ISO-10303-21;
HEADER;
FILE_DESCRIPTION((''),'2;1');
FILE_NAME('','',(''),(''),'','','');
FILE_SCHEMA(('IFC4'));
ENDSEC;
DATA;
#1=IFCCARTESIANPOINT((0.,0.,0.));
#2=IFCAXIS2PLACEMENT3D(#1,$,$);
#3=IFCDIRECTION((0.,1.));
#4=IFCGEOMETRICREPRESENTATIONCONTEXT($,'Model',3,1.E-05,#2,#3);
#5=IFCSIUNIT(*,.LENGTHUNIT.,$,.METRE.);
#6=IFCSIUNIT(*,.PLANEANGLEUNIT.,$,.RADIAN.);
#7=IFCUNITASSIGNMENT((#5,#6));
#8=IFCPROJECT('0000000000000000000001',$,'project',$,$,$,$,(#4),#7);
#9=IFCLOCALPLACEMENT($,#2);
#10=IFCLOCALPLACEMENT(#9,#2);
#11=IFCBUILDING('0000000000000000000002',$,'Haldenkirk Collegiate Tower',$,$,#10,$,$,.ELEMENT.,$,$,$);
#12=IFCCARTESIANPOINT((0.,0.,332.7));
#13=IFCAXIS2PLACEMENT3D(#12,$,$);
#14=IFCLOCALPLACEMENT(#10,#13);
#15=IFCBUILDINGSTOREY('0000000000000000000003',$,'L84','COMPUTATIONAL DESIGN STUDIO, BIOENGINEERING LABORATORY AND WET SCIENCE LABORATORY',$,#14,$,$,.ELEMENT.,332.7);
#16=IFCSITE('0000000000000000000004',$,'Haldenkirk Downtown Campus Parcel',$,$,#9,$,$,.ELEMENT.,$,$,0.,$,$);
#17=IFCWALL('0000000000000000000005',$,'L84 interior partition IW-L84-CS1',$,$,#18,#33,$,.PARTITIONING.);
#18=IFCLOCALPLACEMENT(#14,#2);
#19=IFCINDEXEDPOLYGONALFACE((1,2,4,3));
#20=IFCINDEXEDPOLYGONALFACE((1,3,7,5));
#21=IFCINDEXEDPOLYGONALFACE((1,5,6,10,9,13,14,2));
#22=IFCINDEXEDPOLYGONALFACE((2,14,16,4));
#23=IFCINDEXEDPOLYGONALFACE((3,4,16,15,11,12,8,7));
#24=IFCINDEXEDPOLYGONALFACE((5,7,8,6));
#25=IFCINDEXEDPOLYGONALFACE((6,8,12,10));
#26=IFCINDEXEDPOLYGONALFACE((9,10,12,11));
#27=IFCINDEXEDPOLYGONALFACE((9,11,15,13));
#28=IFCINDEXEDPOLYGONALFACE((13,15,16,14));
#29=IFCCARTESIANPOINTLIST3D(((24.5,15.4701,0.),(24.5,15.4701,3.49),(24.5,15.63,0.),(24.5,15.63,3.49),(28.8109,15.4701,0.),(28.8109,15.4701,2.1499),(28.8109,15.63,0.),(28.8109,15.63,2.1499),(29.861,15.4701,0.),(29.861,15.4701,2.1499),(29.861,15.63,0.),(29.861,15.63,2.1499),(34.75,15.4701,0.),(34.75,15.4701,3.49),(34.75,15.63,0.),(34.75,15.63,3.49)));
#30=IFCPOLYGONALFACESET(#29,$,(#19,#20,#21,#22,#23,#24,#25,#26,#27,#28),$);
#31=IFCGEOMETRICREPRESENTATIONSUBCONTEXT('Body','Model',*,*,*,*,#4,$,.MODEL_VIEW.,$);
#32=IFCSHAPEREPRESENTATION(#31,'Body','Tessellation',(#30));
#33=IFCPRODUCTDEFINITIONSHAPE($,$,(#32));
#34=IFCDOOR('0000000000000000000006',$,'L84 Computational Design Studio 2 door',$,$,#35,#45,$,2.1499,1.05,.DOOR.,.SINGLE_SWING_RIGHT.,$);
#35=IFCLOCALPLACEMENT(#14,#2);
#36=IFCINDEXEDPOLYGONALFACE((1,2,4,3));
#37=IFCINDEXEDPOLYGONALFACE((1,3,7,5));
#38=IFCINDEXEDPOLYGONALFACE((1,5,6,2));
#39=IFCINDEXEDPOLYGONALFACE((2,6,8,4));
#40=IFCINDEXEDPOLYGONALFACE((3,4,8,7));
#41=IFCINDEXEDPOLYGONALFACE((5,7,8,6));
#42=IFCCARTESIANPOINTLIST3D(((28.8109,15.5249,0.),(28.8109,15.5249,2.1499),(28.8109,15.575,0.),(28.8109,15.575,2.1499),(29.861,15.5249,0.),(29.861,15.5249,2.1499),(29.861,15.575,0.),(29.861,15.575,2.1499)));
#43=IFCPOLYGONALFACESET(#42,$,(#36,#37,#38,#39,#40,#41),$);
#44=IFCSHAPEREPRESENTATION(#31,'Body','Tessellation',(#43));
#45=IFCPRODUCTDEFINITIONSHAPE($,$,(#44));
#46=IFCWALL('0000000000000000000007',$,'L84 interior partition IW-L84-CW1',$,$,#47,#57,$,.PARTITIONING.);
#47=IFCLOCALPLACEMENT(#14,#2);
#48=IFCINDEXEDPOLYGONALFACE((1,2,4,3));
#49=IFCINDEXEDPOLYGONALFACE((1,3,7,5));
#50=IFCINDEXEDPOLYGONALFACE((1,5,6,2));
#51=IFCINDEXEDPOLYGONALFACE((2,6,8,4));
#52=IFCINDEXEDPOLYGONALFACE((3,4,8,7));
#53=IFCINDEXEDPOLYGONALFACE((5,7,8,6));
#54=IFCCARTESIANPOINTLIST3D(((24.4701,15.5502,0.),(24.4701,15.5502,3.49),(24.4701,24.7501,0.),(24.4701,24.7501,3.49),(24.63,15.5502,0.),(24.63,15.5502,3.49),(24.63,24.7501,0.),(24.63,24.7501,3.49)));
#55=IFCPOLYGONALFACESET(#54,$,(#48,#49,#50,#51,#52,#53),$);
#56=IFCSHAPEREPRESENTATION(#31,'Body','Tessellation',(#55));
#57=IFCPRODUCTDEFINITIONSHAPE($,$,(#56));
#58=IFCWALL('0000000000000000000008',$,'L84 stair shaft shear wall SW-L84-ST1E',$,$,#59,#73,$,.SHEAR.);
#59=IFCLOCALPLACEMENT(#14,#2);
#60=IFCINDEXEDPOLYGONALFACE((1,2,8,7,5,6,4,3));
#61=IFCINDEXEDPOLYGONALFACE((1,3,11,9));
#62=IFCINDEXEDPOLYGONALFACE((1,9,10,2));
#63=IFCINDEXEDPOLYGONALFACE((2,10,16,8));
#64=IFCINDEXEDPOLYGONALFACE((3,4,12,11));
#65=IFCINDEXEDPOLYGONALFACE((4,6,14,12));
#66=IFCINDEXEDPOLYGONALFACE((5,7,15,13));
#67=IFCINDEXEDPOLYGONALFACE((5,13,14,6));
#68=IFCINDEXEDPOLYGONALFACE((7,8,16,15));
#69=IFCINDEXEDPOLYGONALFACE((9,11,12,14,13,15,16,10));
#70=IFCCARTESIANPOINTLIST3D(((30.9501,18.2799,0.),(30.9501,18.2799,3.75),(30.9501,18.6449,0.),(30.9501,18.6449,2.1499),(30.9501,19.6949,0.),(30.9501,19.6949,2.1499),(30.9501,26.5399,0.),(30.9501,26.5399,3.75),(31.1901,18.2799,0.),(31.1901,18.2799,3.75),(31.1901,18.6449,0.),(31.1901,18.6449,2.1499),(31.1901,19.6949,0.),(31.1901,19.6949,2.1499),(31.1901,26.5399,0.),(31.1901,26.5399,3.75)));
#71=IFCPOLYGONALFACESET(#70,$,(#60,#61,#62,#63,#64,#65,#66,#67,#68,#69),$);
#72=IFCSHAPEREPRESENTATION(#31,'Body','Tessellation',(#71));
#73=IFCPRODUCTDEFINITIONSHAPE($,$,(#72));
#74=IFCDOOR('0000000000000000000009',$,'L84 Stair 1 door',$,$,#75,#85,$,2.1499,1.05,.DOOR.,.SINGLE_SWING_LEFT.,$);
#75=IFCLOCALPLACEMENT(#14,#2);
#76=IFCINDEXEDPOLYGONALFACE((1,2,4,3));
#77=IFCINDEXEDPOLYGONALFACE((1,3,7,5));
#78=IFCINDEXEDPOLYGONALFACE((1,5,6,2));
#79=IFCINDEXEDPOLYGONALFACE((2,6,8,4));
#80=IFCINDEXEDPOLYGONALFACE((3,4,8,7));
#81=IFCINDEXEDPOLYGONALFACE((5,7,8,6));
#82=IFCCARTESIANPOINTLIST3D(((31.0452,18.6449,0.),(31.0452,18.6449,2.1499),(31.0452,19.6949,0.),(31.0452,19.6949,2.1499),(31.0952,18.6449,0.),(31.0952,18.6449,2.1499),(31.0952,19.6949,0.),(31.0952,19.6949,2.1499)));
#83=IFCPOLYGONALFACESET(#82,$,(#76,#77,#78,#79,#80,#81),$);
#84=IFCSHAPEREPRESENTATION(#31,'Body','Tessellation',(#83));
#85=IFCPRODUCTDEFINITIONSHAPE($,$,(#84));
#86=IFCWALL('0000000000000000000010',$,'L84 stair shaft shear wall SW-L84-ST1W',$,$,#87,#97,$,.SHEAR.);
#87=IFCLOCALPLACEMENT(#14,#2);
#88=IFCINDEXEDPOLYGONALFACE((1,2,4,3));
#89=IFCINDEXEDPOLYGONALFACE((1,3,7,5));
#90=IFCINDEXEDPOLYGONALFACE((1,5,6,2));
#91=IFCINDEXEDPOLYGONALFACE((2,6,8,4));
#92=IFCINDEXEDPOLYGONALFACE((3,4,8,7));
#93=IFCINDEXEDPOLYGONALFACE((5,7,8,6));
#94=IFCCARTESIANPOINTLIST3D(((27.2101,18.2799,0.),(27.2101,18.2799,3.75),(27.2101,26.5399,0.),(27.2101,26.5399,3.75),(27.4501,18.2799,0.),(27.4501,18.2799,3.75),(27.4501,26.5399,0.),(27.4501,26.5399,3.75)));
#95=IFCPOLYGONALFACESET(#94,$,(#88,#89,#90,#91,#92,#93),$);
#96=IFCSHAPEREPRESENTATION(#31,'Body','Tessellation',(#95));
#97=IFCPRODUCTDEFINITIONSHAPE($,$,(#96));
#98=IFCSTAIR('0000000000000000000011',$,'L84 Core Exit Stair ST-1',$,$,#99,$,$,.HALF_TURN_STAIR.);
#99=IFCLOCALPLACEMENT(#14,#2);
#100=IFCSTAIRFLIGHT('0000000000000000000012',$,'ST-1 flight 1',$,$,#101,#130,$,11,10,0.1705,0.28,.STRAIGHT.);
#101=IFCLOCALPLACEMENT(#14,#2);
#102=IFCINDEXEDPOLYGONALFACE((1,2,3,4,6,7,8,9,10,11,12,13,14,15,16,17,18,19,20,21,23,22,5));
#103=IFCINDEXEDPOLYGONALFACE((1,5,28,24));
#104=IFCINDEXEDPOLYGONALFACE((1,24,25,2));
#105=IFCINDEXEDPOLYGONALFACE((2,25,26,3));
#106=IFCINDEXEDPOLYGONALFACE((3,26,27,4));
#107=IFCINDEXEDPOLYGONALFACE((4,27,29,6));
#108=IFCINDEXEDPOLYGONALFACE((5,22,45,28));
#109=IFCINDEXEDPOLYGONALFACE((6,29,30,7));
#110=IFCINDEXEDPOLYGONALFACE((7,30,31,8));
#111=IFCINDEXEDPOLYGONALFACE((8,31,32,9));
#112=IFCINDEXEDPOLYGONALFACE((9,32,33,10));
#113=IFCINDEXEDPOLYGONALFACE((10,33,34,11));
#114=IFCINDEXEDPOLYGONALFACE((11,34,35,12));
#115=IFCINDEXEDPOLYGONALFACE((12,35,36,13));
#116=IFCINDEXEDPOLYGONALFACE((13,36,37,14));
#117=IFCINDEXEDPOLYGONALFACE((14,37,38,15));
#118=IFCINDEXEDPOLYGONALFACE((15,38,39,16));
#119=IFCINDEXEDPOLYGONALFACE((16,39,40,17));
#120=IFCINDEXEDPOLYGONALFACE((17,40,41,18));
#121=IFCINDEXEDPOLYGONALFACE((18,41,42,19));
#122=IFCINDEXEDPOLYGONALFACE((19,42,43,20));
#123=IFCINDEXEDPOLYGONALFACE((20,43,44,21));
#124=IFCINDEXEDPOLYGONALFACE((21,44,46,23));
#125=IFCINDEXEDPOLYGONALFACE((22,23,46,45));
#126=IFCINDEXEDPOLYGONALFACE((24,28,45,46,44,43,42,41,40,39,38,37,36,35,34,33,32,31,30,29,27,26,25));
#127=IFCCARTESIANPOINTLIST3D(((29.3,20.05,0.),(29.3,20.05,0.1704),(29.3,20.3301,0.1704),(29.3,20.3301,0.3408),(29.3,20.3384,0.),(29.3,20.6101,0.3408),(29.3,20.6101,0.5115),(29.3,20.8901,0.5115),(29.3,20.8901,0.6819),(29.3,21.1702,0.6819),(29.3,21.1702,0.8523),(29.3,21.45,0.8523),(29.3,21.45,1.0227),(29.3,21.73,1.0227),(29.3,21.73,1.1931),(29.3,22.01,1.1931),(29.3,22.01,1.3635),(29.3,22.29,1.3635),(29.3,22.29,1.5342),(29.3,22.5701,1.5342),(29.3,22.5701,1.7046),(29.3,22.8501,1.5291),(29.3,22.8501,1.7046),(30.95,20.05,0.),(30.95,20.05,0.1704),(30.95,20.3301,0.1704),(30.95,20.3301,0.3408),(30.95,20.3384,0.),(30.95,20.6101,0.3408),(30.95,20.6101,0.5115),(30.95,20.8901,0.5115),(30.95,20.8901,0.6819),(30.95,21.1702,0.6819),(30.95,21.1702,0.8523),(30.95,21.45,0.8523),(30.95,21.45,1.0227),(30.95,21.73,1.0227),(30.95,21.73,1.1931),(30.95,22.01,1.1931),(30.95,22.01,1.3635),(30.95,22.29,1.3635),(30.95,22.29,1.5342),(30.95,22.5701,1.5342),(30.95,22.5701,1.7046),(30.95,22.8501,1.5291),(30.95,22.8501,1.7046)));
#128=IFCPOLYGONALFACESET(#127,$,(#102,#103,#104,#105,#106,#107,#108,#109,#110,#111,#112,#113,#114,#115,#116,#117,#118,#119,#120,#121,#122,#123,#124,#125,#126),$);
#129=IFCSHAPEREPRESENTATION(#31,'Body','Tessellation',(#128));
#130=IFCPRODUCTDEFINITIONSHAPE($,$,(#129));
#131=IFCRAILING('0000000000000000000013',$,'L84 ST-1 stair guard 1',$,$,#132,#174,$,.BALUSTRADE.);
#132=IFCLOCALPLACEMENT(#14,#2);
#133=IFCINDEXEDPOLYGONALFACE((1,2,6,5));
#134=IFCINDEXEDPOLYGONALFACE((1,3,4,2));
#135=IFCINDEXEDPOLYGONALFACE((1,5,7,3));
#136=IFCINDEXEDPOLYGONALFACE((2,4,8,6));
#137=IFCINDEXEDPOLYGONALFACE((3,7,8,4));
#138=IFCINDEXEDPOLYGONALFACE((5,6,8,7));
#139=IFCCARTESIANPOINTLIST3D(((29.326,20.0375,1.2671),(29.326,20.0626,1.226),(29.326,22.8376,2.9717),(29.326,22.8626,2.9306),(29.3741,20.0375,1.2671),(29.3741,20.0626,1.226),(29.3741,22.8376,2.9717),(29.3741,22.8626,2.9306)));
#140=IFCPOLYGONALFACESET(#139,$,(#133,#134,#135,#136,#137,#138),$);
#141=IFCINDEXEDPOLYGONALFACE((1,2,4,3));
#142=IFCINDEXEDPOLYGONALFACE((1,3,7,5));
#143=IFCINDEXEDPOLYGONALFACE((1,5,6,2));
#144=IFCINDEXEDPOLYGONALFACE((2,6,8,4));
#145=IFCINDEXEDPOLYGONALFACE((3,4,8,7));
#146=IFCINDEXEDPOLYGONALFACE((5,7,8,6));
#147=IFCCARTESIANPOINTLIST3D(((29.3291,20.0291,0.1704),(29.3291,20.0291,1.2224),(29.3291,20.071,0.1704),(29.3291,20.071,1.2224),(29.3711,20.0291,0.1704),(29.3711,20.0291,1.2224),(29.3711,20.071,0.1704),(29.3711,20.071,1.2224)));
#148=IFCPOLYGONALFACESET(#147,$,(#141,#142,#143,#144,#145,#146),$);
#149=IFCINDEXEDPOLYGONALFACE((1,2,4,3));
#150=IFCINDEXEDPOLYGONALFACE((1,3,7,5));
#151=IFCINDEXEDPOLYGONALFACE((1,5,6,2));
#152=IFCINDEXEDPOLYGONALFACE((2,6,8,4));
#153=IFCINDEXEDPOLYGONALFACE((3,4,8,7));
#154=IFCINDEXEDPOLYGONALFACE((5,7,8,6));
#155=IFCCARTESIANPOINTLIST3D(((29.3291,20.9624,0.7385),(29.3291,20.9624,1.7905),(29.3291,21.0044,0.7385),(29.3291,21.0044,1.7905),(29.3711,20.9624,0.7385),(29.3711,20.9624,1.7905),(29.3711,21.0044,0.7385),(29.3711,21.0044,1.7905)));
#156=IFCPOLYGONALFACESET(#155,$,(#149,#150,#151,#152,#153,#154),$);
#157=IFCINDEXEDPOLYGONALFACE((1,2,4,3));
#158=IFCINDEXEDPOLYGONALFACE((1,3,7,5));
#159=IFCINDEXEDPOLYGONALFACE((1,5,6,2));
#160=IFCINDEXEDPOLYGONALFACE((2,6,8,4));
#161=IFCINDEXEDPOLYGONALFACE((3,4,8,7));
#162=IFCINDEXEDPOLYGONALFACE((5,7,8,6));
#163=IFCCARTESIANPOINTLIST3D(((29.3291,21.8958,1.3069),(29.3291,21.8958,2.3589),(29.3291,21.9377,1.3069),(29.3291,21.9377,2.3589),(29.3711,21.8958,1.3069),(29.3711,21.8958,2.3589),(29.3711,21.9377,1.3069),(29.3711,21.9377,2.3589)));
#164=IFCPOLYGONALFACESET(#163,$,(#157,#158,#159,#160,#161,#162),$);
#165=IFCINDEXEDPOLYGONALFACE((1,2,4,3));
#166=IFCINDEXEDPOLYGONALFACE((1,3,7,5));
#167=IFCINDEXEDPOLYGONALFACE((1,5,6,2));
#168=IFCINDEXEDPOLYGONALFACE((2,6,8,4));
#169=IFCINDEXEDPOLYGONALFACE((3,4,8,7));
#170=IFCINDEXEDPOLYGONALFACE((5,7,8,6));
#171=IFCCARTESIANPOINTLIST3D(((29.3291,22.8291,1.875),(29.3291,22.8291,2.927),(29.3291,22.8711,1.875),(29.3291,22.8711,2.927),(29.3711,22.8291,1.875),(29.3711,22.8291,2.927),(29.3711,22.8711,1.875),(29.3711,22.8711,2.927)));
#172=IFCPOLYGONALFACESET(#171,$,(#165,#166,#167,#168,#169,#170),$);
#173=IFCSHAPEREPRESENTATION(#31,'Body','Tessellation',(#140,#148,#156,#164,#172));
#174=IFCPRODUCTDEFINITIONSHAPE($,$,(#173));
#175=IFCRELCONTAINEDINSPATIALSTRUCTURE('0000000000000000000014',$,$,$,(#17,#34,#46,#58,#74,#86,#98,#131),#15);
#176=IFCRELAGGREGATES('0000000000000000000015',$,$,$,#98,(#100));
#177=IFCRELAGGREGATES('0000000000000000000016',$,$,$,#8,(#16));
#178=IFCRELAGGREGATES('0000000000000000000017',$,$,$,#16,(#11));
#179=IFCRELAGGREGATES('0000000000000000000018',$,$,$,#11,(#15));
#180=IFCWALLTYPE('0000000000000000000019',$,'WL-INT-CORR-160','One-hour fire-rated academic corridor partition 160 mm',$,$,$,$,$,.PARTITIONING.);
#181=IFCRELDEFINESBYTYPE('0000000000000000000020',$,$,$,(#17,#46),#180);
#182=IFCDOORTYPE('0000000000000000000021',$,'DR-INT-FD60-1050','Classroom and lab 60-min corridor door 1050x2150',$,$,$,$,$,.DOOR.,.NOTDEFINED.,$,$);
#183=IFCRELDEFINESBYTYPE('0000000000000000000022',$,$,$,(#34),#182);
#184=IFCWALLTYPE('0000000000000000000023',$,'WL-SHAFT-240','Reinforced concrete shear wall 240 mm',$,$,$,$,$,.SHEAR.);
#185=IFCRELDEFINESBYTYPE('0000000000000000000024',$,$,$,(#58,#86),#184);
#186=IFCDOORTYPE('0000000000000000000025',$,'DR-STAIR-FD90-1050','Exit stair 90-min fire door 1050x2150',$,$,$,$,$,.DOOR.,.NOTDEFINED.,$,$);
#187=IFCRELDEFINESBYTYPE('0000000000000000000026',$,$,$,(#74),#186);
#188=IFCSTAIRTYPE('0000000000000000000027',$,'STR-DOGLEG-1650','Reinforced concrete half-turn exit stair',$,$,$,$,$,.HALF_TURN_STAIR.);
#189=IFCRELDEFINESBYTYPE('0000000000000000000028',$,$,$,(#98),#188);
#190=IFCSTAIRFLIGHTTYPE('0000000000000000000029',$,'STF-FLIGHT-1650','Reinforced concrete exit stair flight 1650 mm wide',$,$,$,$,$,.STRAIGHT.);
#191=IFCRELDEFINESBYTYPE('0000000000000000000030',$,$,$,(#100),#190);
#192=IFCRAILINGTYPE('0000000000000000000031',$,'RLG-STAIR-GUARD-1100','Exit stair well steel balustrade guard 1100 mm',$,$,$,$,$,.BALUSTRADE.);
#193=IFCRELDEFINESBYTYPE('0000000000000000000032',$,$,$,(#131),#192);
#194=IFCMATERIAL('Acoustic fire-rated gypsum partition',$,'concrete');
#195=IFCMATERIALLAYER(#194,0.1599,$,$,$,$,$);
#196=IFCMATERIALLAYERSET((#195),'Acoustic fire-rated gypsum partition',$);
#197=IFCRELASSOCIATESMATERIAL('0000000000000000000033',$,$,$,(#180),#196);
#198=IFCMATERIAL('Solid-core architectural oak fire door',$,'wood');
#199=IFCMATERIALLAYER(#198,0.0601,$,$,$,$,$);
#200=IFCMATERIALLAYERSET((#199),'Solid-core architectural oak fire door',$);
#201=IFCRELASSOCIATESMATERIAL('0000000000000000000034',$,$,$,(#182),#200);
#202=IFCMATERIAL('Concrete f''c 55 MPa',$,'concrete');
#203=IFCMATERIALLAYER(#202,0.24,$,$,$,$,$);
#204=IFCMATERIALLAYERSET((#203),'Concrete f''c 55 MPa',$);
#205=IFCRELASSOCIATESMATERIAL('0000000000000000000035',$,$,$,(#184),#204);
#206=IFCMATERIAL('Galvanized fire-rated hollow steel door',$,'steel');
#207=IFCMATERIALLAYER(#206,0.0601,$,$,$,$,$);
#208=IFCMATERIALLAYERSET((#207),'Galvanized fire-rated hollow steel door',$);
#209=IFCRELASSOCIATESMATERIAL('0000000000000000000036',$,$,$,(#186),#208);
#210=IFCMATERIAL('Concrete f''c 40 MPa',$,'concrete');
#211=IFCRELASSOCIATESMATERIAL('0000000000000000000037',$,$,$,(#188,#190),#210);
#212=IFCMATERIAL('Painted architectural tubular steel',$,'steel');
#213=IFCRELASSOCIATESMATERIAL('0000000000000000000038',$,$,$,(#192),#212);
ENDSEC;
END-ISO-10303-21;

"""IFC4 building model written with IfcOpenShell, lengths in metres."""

from ifc_helpers import new_model, si_unit, direction, frame, frame_2d, origin, origin_2d, place, context, subcontext, project, spatial, polyline, rectangle, outline, extrude, material, layer, layer_set, type_object, element, fill, aggregate, save


model = new_model("IFC4")

# Units and contexts
model_context = context("Model", 3, precision=1e-05, world=origin(), true_north=direction((0.0, 1.0)))
body_context = subcontext(model_context, "Body", "Model", "MODEL_VIEW")
ifc_project = project(units=[si_unit("LENGTHUNIT", "METRE"), si_unit("PLANEANGLEUNIT", "RADIAN")], contexts=[model_context])

# Site, building, storey
site_placement = place(None, origin())
site = spatial("IfcSite", under=ifc_project, at=site_placement, Name="Haldenkirk Downtown Campus Parcel", CompositionType="ELEMENT", RefElevation=0.0)
building_placement = place(site_placement, origin())
building = spatial("IfcBuilding", under=site, at=building_placement, Name="Haldenkirk Collegiate Tower", CompositionType="ELEMENT")
storey_placement = place(building_placement, frame((0.0, 0.0, 332.7)))
storey = spatial("IfcBuildingStorey", under=building, at=storey_placement, Name="L84", Description="COMPUTATIONAL DESIGN STUDIO, BIOENGINEERING LABORATORY AND WET SCIENCE LABORATORY", CompositionType="ELEMENT", Elevation=332.7)

# Shared definitions
ifc_material_1 = material(Name="Concrete f'c 55 MPa", Category="concrete")
ifc_material_2 = material(Name="Galvanized fire-rated hollow steel door", Category="steel")

# Wall, opening, door
ifc_material_3 = material(Name="Acoustic fire-rated gypsum partition", Category="concrete")
ifc_layer_1 = layer(ifc_material_3, 0.1599)
ifc_layer_set_1 = layer_set([ifc_layer_1], Name="Acoustic fire-rated gypsum partition")
wall_type_1 = type_object("IfcWallType", Name="WL-INT-CORR-160", Description="One-hour fire-rated academic corridor partition 160 mm", PredefinedType="PARTITIONING", material=ifc_layer_set_1)
wall_1_placement = place(storey_placement, frame((24.5, 15.55, 0.0), z_axis=(0.0, 0.0, 1.0), x_axis=(1.0, 0.0, 0.0)))
wall_1 = element("IfcWall", 1, at=wall_1_placement, inside=storey, type_object=wall_type_1, Name="L84 interior partition IW-L84-CS1", PredefinedType="PARTITIONING", context=body_context, shape_type="SweptSolid", body=[
    extrude(rectangle(XDim=10.25, YDim=0.1599, at=frame_2d((5.125, 0.0))), origin(), (0.0, 0.0, 1.0), 3.49),
])
opening_1_placement = place(wall_1_placement, frame((4.311, 0.0, 0.0)))
opening_1 = element("IfcOpeningElement", 2, at=opening_1_placement, cuts=wall_1, PredefinedType="OPENING", context=body_context, shape_type="SweptSolid", body=[
    extrude(rectangle(XDim=1.05, YDim=2.1499, at=frame_2d((0.5249, 1.075))), frame((0.0, 0.0898, 0.0), z_axis=(0.0, -1.0, 0.0), x_axis=(1.0, 0.0, 0.0)), (0.0, 0.0, 1.0), 0.1799),
])
ifc_material_4 = material(Name="Solid-core architectural oak fire door", Category="wood")
ifc_layer_2 = layer(ifc_material_4, 0.0601)
ifc_layer_set_2 = layer_set([ifc_layer_2], Name="Solid-core architectural oak fire door")
door_type_1 = type_object("IfcDoorType", Name="DR-INT-FD60-1050", Description="Classroom and lab 60-min corridor door 1050x2150", OperationType="NOTDEFINED", PredefinedType="DOOR", material=ifc_layer_set_2)
door_1_placement = place(opening_1_placement, origin())
door_1 = element("IfcDoor", 3, at=door_1_placement, inside=storey, type_object=door_type_1, Name="L84 Computational Design Studio 2 door", OperationType="SINGLE_SWING_RIGHT", OverallHeight=2.1499, OverallWidth=1.05, PredefinedType="DOOR", context=body_context, shape_type="SweptSolid", body=[
    extrude(rectangle(XDim=1.05, YDim=2.1499, at=frame_2d((0.5249, 1.075))), frame((0.0, 0.0249, 0.0), z_axis=(0.0, -1.0, 0.0), x_axis=(1.0, 0.0, 0.0)), (0.0, 0.0, 1.0), 0.05),
])
fill(opening_1, door_1)

# Wall
wall_2_placement = place(storey_placement, frame((24.55, 15.55, 0.0), z_axis=(0.0, 0.0, 1.0), x_axis=(0.0, 1.0, 0.0)))
element("IfcWall", 4, at=wall_2_placement, inside=storey, type_object=wall_type_1, Name="L84 interior partition IW-L84-CW1", PredefinedType="PARTITIONING", context=body_context, shape_type="SweptSolid", body=[
    extrude(rectangle(XDim=9.2, YDim=0.1599, at=frame_2d((4.6001, 0.0))), origin(), (0.0, 0.0, 1.0), 3.49),
])

# Wall, opening, door
ifc_layer_3 = layer(ifc_material_1, 0.24)
ifc_layer_set_3 = layer_set([ifc_layer_3], Name="Concrete f'c 55 MPa")
wall_type_2 = type_object("IfcWallType", Name="WL-SHAFT-240", Description="Reinforced concrete shear wall 240 mm", PredefinedType="SHEAR", material=ifc_layer_set_3)
wall_3_placement = place(storey_placement, frame((31.0701, 18.28, 0.0), z_axis=(0.0, 0.0, 1.0), x_axis=(0.0, 1.0, 0.0)))
wall_3 = element("IfcWall", 5, at=wall_3_placement, inside=storey, type_object=wall_type_2, Name="L84 stair shaft shear wall SW-L84-ST1E", PredefinedType="SHEAR", context=body_context, shape_type="SweptSolid", body=[
    extrude(rectangle(XDim=8.26, YDim=0.24, at=frame_2d((4.1299, 0.0))), origin(), (0.0, 0.0, 1.0), 3.75),
])
opening_2_placement = place(wall_3_placement, frame((0.365, 0.0, 0.0)))
opening_2 = element("IfcOpeningElement", 6, at=opening_2_placement, cuts=wall_3, PredefinedType="OPENING", context=body_context, shape_type="SweptSolid", body=[
    extrude(rectangle(XDim=1.05, YDim=2.1499, at=frame_2d((0.5249, 1.075))), frame((0.0, 0.1299, 0.0), z_axis=(0.0, -1.0, 0.0), x_axis=(1.0, 0.0, 0.0)), (0.0, 0.0, 1.0), 0.26),
])
ifc_layer_4 = layer(ifc_material_2, 0.0601)
ifc_layer_set_4 = layer_set([ifc_layer_4], Name="Galvanized fire-rated hollow steel door")
door_type_2 = type_object("IfcDoorType", Name="DR-STAIR-FD90-1050", Description="Exit stair 90-min fire door 1050x2150", OperationType="NOTDEFINED", PredefinedType="DOOR", material=ifc_layer_set_4)
door_2_placement = place(opening_2_placement, origin())
door_2 = element("IfcDoor", 7, at=door_2_placement, inside=storey, type_object=door_type_2, Name="L84 Stair 1 door", OperationType="SINGLE_SWING_LEFT", OverallHeight=2.1499, OverallWidth=1.05, PredefinedType="DOOR", context=body_context, shape_type="SweptSolid", body=[
    extrude(rectangle(XDim=1.05, YDim=2.1499, at=frame_2d((0.5249, 1.075))), frame((0.0, 0.0249, 0.0), z_axis=(0.0, -1.0, 0.0), x_axis=(1.0, 0.0, 0.0)), (0.0, 0.0, 1.0), 0.05),
])
fill(opening_2, door_2)

# Wall
wall_4_placement = place(storey_placement, frame((27.3301, 18.28, 0.0), z_axis=(0.0, 0.0, 1.0), x_axis=(0.0, 1.0, 0.0)))
element("IfcWall", 8, at=wall_4_placement, inside=storey, type_object=wall_type_2, Name="L84 stair shaft shear wall SW-L84-ST1W", PredefinedType="SHEAR", context=body_context, shape_type="SweptSolid", body=[
    extrude(rectangle(XDim=8.26, YDim=0.24, at=frame_2d((4.1299, 0.0))), origin(), (0.0, 0.0, 1.0), 3.75),
])

# Stair, stair flight
ifc_material_5 = material(Name="Concrete f'c 40 MPa", Category="concrete")
stair_type = type_object("IfcStairType", Name="STR-DOGLEG-1650", Description="Reinforced concrete half-turn exit stair", PredefinedType="HALF_TURN_STAIR", material=ifc_material_5)
stair_placement = place(storey_placement, origin())
stair = element("IfcStair", 9, at=stair_placement, inside=storey, type_object=stair_type, Name="L84 Core Exit Stair ST-1", PredefinedType="HALF_TURN_STAIR")
stair_flight_type = type_object("IfcStairFlightType", Name="STF-FLIGHT-1650", Description="Reinforced concrete exit stair flight 1650 mm wide", PredefinedType="STRAIGHT", material=ifc_material_5)
stair_flight_placement = place(storey_placement, frame((30.125, 20.05, 0.0), z_axis=(0.0, 0.0, 1.0), x_axis=(0.0, 1.0, 0.0)))
stair_flight = element("IfcStairFlight", 10, at=stair_flight_placement, type_object=stair_flight_type, Name="ST-1 flight 1", NumberOfRisers=11, NumberOfTreads=10, PredefinedType="STRAIGHT", RiserHeight=0.1705, TreadLength=0.28, context=body_context, shape_type="SweptSolid", body=[
    extrude(outline(polyline([(0.0, 0.0), (0.0, 0.1704), (0.28, 0.1704), (0.28, 0.3408), (0.5601, 0.3408), (0.5601, 0.5115), (0.8401, 0.5115), (0.8401, 0.6819), (1.1201, 0.6819), (1.1201, 0.8523), (1.3999, 0.8523), (1.3999, 1.0227), (1.6799, 1.0227), (1.6799, 1.1931), (1.96, 1.1931), (1.96, 1.3635), (2.24, 1.3635), (2.24, 1.5342), (2.52, 1.5342), (2.52, 1.7046), (2.8, 1.7046), (2.8, 1.875), (2.8, 1.5291), (0.2883, 0.0), (0.0, 0.0)])), frame((0.0, 0.825, 0.0), z_axis=(0.0, -1.0, 0.0), x_axis=(1.0, 0.0, 0.0)), (0.0, 0.0, 1.0), 1.6499),
])
aggregate(stair, [stair_flight])

# Railing
ifc_material_6 = material(Name="Painted architectural tubular steel", Category="steel")
railing_type_1 = type_object("IfcRailingType", Name="RLG-STAIR-GUARD-1100", Description="Exit stair well steel balustrade guard 1100 mm", PredefinedType="BALUSTRADE", material=ifc_material_6)
railing_1_placement = place(storey_placement, frame((29.3501, 20.05, 0.1704)))
element("IfcRailing", 11, at=railing_1_placement, inside=storey, type_object=railing_type_1, Name="L84 ST-1 stair guard 1", PredefinedType="BALUSTRADE", context=body_context, shape_type="SweptSolid", body=[
    extrude(rectangle(XDim=0.0481, YDim=0.0481, at=origin_2d()), frame((0.0, 0.0, 1.0762), z_axis=(0.0, 0.85417, 0.519994), x_axis=(-1.0, 0.0, 0.0)), (0.0, 0.0, 1.0), 3.2781),
    extrude(rectangle(XDim=0.042, YDim=0.042, at=origin_2d()), origin(), (0.0, 0.0, 1.0), 1.052),
    extrude(rectangle(XDim=0.042, YDim=0.042, at=origin_2d()), frame((0.0, 0.9333, 0.5681)), (0.0, 0.0, 1.0), 1.052),
    extrude(rectangle(XDim=0.042, YDim=0.042, at=origin_2d()), frame((0.0, 1.8667, 1.1365)), (0.0, 0.0, 1.0), 1.052),
    extrude(rectangle(XDim=0.042, YDim=0.042, at=origin_2d()), frame((0.0, 2.8, 1.7046)), (0.0, 0.0, 1.0), 1.052),
])

save(model, "model.ifc")
